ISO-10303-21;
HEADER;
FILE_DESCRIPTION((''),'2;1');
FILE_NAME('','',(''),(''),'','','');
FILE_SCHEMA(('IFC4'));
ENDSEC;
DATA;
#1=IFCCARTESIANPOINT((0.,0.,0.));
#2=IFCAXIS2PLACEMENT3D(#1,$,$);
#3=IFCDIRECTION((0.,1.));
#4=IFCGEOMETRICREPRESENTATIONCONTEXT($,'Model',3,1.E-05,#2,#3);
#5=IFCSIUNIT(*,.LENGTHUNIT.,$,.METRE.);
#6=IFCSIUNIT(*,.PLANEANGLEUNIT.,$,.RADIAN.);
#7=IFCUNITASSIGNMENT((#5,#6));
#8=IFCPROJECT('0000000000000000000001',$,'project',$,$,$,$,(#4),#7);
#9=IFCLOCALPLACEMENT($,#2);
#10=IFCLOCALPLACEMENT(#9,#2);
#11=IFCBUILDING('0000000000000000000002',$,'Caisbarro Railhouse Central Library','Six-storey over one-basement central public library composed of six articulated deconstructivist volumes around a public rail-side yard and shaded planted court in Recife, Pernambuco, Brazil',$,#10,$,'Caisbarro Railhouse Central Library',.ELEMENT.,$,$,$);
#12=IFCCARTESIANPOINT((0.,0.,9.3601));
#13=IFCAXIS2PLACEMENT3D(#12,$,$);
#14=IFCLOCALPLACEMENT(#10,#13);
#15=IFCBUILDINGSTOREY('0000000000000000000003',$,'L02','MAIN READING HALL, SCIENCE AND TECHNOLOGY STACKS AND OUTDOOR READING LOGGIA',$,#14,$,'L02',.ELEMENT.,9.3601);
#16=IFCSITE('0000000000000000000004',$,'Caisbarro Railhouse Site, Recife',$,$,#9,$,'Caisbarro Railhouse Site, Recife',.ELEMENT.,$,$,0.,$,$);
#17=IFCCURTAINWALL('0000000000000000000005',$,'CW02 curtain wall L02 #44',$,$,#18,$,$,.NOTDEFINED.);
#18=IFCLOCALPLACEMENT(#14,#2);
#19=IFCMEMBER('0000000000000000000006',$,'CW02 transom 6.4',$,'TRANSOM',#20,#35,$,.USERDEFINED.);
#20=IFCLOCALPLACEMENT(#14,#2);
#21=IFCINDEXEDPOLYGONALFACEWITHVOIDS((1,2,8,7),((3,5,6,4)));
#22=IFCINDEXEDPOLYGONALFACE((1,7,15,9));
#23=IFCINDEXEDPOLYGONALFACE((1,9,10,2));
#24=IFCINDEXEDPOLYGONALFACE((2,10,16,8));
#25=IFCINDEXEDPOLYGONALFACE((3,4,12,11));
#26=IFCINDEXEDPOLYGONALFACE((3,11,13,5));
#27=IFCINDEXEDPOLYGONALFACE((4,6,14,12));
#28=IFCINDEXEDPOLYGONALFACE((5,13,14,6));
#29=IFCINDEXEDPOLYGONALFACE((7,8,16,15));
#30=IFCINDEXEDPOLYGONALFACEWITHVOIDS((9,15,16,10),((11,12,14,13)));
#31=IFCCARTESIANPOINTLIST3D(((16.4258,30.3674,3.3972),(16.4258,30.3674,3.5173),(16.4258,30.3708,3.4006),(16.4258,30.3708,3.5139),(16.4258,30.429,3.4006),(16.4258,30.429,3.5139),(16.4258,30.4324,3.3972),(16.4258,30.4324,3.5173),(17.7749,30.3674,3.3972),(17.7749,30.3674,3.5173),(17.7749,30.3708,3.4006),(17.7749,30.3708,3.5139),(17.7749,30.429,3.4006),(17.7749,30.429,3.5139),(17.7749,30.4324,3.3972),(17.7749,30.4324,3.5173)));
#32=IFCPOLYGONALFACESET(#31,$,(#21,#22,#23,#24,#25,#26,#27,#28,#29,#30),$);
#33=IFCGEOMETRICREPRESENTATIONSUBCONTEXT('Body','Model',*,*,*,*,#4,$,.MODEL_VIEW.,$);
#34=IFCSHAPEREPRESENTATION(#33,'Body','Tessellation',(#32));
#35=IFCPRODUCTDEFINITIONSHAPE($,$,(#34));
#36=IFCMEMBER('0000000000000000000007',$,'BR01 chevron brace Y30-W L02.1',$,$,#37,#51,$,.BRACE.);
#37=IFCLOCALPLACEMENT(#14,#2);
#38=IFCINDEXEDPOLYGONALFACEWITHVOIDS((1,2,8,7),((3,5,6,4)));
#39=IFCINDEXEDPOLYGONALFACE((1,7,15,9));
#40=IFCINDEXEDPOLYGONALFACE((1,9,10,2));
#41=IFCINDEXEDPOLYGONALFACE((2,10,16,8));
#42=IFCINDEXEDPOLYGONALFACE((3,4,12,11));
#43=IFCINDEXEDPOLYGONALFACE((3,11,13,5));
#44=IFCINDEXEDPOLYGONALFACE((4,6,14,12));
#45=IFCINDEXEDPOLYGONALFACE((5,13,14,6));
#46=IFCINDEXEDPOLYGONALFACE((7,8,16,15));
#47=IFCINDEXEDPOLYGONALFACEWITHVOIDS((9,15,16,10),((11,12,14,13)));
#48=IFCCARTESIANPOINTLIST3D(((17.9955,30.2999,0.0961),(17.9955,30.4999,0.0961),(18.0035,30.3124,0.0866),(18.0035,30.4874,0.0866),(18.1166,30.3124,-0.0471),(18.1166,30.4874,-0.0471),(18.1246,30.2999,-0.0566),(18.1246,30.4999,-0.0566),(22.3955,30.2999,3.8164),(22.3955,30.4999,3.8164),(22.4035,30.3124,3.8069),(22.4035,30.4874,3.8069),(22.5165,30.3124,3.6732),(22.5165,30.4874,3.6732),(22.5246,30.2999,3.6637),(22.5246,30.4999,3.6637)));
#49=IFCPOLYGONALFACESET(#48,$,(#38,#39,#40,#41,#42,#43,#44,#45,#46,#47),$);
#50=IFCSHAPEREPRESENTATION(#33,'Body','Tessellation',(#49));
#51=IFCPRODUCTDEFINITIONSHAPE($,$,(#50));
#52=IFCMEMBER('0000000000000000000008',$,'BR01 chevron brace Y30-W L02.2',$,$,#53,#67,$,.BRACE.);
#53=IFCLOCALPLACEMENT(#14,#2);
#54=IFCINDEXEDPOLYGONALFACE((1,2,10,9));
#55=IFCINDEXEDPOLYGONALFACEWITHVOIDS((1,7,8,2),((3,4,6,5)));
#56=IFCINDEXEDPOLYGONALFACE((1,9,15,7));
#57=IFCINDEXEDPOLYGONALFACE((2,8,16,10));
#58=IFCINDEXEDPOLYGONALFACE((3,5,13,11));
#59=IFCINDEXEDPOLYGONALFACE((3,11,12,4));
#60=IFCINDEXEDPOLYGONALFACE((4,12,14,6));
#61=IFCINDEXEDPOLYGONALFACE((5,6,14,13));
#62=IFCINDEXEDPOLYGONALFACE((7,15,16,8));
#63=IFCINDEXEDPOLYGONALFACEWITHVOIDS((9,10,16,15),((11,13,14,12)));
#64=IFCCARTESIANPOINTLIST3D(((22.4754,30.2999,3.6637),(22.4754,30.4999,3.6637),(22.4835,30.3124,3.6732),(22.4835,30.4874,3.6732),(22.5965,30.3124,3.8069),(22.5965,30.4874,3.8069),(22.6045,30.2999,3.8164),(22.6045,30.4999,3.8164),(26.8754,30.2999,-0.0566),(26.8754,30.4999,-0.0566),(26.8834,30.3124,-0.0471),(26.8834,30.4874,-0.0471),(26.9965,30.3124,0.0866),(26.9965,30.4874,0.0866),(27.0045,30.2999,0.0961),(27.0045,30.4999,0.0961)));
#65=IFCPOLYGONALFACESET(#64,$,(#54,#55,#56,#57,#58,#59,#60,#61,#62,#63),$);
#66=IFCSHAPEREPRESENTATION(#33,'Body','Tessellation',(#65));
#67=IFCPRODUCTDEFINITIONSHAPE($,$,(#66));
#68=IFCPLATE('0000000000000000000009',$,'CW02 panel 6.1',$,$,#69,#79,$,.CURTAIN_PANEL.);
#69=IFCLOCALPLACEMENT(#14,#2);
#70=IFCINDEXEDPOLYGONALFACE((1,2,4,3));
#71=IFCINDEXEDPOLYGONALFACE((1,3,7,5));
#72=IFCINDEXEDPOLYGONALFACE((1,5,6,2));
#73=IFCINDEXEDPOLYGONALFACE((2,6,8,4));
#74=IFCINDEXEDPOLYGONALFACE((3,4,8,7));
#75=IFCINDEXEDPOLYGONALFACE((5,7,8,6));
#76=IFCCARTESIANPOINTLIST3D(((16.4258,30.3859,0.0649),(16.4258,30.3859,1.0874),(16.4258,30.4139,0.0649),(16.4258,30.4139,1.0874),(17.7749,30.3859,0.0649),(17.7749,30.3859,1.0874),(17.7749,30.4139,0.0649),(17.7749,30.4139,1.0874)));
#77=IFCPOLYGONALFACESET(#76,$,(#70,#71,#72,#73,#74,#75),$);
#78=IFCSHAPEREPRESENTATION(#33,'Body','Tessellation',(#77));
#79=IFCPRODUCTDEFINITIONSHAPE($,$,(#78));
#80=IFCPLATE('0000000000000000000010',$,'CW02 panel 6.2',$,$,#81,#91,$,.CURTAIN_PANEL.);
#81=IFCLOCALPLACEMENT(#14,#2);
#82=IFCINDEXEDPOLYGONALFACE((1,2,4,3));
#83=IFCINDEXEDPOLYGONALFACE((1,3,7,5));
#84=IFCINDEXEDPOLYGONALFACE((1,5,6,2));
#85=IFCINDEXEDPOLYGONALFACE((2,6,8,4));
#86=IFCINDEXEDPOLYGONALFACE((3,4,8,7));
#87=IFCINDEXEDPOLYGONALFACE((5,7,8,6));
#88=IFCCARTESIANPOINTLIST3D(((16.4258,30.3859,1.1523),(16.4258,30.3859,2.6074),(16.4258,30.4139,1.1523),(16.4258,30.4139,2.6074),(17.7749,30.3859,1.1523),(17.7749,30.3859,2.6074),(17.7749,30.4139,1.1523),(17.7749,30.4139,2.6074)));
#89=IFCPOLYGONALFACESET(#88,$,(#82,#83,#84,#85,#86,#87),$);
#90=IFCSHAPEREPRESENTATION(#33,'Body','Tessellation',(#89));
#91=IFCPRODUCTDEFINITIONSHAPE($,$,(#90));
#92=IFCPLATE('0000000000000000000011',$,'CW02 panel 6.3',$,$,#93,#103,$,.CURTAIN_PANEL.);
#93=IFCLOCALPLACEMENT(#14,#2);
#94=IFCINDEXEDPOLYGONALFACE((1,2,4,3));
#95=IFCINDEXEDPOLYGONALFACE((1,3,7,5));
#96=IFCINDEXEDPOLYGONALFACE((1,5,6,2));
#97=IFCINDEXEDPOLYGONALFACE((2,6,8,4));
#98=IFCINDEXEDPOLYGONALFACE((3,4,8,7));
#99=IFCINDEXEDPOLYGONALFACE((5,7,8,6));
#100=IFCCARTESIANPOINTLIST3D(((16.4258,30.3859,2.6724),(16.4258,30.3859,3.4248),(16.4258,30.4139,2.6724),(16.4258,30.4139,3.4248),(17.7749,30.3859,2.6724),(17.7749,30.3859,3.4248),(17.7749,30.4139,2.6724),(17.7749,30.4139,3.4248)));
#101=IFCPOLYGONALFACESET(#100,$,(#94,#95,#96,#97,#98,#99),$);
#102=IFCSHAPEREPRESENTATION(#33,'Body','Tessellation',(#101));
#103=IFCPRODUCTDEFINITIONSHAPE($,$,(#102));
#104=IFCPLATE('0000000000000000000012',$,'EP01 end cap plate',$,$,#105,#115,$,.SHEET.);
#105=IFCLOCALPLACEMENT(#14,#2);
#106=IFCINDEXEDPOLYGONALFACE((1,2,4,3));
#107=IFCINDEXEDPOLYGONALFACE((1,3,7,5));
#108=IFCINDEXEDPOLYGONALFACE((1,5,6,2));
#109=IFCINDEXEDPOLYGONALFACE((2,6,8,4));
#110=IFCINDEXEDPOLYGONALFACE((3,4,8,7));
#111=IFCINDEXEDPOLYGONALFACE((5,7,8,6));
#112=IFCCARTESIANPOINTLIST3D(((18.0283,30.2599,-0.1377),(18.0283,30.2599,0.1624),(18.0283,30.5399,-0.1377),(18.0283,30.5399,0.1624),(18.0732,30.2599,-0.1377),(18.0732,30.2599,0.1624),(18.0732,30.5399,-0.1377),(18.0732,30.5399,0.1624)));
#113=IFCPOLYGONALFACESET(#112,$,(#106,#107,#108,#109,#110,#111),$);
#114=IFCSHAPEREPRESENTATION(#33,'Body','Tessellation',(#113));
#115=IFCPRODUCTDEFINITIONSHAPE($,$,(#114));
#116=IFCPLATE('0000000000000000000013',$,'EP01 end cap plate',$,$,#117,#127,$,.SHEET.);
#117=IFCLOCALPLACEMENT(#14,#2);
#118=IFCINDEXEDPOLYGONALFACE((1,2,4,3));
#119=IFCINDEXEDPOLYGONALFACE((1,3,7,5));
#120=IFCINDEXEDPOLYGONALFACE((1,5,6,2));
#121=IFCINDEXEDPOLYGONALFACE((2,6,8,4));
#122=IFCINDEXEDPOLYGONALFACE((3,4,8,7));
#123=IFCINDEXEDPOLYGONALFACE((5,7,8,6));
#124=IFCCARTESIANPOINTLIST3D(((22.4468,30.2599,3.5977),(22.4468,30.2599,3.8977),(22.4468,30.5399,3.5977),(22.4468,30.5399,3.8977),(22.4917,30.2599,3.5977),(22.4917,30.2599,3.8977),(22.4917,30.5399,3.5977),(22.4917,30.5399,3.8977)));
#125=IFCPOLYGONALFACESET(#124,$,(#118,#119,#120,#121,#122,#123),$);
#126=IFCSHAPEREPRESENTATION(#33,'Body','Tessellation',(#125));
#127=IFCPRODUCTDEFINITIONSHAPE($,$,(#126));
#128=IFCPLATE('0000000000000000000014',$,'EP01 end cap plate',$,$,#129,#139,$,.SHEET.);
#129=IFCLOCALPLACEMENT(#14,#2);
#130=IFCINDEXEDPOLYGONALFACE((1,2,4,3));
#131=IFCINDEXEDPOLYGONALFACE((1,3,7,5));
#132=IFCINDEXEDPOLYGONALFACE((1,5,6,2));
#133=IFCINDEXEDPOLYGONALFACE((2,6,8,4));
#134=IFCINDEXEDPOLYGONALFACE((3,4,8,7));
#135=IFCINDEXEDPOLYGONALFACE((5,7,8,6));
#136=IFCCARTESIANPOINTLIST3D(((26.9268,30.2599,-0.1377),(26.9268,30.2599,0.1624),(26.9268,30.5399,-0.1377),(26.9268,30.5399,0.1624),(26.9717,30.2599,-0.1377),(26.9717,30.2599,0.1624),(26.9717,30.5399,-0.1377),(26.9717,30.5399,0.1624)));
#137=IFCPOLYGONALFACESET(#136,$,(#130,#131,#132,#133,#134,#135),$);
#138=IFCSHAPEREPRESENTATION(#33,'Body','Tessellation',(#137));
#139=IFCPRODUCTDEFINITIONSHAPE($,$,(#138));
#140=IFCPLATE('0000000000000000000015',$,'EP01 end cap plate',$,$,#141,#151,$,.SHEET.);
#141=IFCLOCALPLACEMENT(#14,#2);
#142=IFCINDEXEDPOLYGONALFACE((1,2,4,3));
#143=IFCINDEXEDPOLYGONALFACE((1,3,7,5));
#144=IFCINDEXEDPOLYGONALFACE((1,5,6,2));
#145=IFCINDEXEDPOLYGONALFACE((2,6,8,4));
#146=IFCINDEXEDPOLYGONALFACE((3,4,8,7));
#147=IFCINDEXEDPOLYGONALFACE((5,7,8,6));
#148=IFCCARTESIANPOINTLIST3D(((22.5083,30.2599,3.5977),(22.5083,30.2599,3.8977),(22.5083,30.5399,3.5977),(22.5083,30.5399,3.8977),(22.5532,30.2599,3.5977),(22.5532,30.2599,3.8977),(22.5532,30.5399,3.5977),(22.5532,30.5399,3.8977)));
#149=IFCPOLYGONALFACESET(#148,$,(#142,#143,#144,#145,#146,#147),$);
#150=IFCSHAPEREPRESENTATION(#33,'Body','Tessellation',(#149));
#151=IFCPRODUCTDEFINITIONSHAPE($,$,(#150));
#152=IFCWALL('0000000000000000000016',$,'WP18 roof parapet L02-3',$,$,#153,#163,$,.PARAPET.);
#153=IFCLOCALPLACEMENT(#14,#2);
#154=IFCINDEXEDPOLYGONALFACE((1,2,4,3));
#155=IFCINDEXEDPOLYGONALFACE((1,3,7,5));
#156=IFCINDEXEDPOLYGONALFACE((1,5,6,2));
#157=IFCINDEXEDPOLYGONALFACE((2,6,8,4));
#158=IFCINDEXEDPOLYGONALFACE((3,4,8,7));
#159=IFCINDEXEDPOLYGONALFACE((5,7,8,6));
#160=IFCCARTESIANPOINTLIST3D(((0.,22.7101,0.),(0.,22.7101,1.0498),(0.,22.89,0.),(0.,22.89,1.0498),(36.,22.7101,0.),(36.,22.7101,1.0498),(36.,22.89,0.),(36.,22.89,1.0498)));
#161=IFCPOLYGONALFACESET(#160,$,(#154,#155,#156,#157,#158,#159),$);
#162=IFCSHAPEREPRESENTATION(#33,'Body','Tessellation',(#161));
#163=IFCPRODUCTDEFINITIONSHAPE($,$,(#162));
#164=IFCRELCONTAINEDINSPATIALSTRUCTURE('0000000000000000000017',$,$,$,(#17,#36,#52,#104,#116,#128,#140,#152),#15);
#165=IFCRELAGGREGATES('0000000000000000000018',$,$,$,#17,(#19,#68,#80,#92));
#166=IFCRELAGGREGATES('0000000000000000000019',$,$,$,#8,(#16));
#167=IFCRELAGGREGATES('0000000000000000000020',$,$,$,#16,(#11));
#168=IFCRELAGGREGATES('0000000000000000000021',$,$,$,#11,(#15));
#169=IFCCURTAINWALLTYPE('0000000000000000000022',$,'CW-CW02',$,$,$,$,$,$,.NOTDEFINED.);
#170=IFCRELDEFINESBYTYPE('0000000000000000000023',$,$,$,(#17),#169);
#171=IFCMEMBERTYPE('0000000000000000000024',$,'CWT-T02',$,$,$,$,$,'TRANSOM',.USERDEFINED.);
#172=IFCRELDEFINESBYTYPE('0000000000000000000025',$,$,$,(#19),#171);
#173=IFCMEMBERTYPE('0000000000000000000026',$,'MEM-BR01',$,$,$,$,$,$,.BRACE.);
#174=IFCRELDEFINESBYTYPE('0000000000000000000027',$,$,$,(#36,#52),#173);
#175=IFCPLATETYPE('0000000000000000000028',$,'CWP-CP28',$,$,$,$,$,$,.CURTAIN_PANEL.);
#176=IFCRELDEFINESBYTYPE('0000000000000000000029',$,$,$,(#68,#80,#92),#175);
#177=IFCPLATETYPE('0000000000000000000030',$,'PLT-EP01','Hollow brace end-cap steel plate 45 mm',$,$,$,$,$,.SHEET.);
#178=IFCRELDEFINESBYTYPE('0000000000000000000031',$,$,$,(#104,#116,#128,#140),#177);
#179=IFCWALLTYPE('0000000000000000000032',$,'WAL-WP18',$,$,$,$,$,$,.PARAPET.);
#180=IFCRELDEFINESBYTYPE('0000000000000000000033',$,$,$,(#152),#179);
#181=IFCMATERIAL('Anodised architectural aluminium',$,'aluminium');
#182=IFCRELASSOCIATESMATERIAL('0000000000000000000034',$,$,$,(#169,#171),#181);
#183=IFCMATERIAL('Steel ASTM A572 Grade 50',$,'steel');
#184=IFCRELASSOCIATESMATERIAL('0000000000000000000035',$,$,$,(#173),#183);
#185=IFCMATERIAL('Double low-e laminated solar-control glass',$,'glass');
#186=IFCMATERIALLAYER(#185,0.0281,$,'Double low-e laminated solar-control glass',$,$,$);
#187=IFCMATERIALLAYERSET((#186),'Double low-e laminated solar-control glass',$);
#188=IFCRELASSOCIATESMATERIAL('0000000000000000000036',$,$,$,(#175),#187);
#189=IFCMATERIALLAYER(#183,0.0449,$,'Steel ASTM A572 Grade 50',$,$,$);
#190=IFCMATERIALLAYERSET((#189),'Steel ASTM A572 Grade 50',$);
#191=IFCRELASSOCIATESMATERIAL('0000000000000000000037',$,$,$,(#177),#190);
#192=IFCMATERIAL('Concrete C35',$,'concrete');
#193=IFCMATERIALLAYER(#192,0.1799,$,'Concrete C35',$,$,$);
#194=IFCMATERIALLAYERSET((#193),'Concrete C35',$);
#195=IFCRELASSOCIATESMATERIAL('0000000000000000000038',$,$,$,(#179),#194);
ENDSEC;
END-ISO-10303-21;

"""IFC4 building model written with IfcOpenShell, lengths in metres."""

from ifc_helpers import new_model, si_unit, direction, frame, frame_2d, origin, origin_2d, place, context, subcontext, project, spatial, rectangle, hollow_rectangle, extrude, material, layer, layer_set, material_profile, profile_set, type_object, element, aggregate, save


model = new_model("IFC4")

# Units and contexts
model_context = context("Model", 3, precision=1e-05, world=origin(), true_north=direction((0.0, 1.0)))
body_context = subcontext(model_context, "Body", "Model", "MODEL_VIEW")
ifc_project = project(units=[si_unit("LENGTHUNIT", "METRE"), si_unit("PLANEANGLEUNIT", "RADIAN")], contexts=[model_context])

# Site, building, storey
site_placement = place(None, origin())
site = spatial("IfcSite", under=ifc_project, at=site_placement, Name="Caisbarro Railhouse Site, Recife", LongName="Caisbarro Railhouse Site, Recife", CompositionType="ELEMENT", RefElevation=0.0)
building_placement = place(site_placement, origin())
building = spatial("IfcBuilding", under=site, at=building_placement, Name="Caisbarro Railhouse Central Library", Description="Six-storey over one-basement central public library composed of six articulated deconstructivist volumes around a public rail-side yard and shaded planted court in Recife, Pernambuco, Brazil", LongName="Caisbarro Railhouse Central Library", CompositionType="ELEMENT")
storey_placement = place(building_placement, frame((0.0, 0.0, 9.3601)))
storey = spatial("IfcBuildingStorey", under=building, at=storey_placement, Name="L02", Description="MAIN READING HALL, SCIENCE AND TECHNOLOGY STACKS AND OUTDOOR READING LOGGIA", LongName="L02", CompositionType="ELEMENT", Elevation=9.3601)

# Shared definitions
ifc_material_1 = material(Name="Steel ASTM A572 Grade 50", Category="steel")

# Curtain wall, member
ifc_material_2 = material(Name="Anodised architectural aluminium", Category="aluminium")
curtain_wall_type = type_object("IfcCurtainWallType", Name="CW-CW02", PredefinedType="NOTDEFINED", material=ifc_material_2)
curtain_wall_placement = place(storey_placement, origin())
curtain_wall = element("IfcCurtainWall", 1, at=curtain_wall_placement, inside=storey, type_object=curtain_wall_type, Name="CW02 curtain wall L02 #44", PredefinedType="NOTDEFINED")
ifc_material_profile_1 = material_profile(ifc_material_2, hollow_rectangle(XDim=0.0649, YDim=0.1201, WallThickness=0.0034, at=origin_2d()), Name="ALU-TRN-65X120")
ifc_profile_set_1 = profile_set([ifc_material_profile_1], Name="Anodised architectural aluminium")
member_type_1 = type_object("IfcMemberType", Name="CWT-T02", ElementType="TRANSOM", PredefinedType="USERDEFINED", material=ifc_profile_set_1)
member_1_placement = place(storey_placement, frame((16.4258, 30.3999, 3.4573), z_axis=(1.0, 0.0, 0.0), x_axis=(0.0, 1.0, 0.0)))
member_1 = element("IfcMember", 2, at=member_1_placement, type_object=member_type_1, Name="CW02 transom 6.4", ObjectType="TRANSOM", PredefinedType="USERDEFINED", context=body_context, shape_type="SweptSolid", body=[
    extrude(hollow_rectangle(XDim=0.0649, YDim=0.1201, WallThickness=0.0034, at=origin_2d()), origin(), (0.0, 0.0, 1.0), 1.3491),
])

# Members
ifc_material_profile_2 = material_profile(ifc_material_1, hollow_rectangle(XDim=0.2, YDim=0.2, WallThickness=0.0125, at=origin_2d()), Name="HSS200X200X12.5")
ifc_profile_set_2 = profile_set([ifc_material_profile_2], Name="Steel ASTM A572 Grade 50")
member_type_2 = type_object("IfcMemberType", Name="MEM-BR01", PredefinedType="BRACE", material=ifc_profile_set_2)
for number, where, z_axis, x_axis, name in (
    (3, (18.0601, 30.3999, 0.0198), (0.763624, 0.0, 0.645661), (0.0, 1.0, 0.0), "BR01 chevron brace Y30-W L02.1"),
    (4, (26.9399, 30.3999, 0.0198), (-0.763624, 0.0, 0.645661), (0.0, -1.0, 0.0), "BR01 chevron brace Y30-W L02.2"),
):
    element("IfcMember", number, at=place(storey_placement, frame(where, z_axis=z_axis, x_axis=x_axis)), inside=storey, type_object=member_type_2, Name=name, PredefinedType="BRACE", context=body_context, shape_type="SweptSolid", body=[
        extrude(hollow_rectangle(XDim=0.2, YDim=0.2, WallThickness=0.0125, at=origin_2d()), origin(), (0.0, 0.0, 1.0), 5.762),
    ])

# Plates
ifc_material_3 = material(Name="Double low-e laminated solar-control glass", Category="glass")
ifc_layer_1 = layer(ifc_material_3, 0.0281, Name="Double low-e laminated solar-control glass")
ifc_layer_set_1 = layer_set([ifc_layer_1], Name="Double low-e laminated solar-control glass")
plate_type_1 = type_object("IfcPlateType", Name="CWP-CP28", PredefinedType="CURTAIN_PANEL", material=ifc_layer_set_1)
plate_1_placement = place(storey_placement, frame((17.1003, 30.3999, 0.0649), z_axis=(0.0, 0.0, 1.0), x_axis=(1.0, 0.0, 0.0)))
plate_1 = element("IfcPlate", 5, at=plate_1_placement, type_object=plate_type_1, Name="CW02 panel 6.1", PredefinedType="CURTAIN_PANEL", context=body_context, shape_type="SweptSolid", body=[
    extrude(rectangle(XDim=1.3491, YDim=0.0281, at=origin_2d()), origin(), (0.0, 0.0, 1.0), 1.0225),
])
plate_2_placement = place(storey_placement, frame((17.1003, 30.3999, 1.1523), z_axis=(0.0, 0.0, 1.0), x_axis=(1.0, 0.0, 0.0)))
plate_2 = element("IfcPlate", 6, at=plate_2_placement, type_object=plate_type_1, Name="CW02 panel 6.2", PredefinedType="CURTAIN_PANEL", context=body_context, shape_type="SweptSolid", body=[
    extrude(rectangle(XDim=1.3491, YDim=0.0281, at=origin_2d()), origin(), (0.0, 0.0, 1.0), 1.4551),
])
plate_3_placement = place(storey_placement, frame((17.1003, 30.3999, 2.6724), z_axis=(0.0, 0.0, 1.0), x_axis=(1.0, 0.0, 0.0)))
plate_3 = element("IfcPlate", 7, at=plate_3_placement, type_object=plate_type_1, Name="CW02 panel 6.3", PredefinedType="CURTAIN_PANEL", context=body_context, shape_type="SweptSolid", body=[
    extrude(rectangle(XDim=1.3491, YDim=0.0281, at=origin_2d()), origin(), (0.0, 0.0, 1.0), 0.7524),
])
aggregate(curtain_wall, [member_1, plate_1, plate_2, plate_3])

# Plates
ifc_layer_2 = layer(ifc_material_1, 0.0449, Name="Steel ASTM A572 Grade 50")
ifc_layer_set_2 = layer_set([ifc_layer_2], Name="Steel ASTM A572 Grade 50")
plate_type_2 = type_object("IfcPlateType", Name="PLT-EP01", Description="Hollow brace end-cap steel plate 45 mm", PredefinedType="SHEET", material=ifc_layer_set_2)
for number, where, z_axis, x_axis, name in (
    (8, (18.0508, 30.3999, -0.1377), (0.0, 0.0, 1.0), (1.0, 0.0, 0.0), "EP01 end cap plate"),
    (9, (22.4692, 30.3999, 3.5977), (0.0, 0.0, 1.0), (1.0, 0.0, 0.0), "EP01 end cap plate"),
    (10, (26.9492, 30.3999, -0.1377), (0.0, 0.0, 1.0), (-1.0, 0.0, 0.0), "EP01 end cap plate"),
    (11, (22.5308, 30.3999, 3.5977), (0.0, 0.0, 1.0), (-1.0, 0.0, 0.0), "EP01 end cap plate"),
):
    element("IfcPlate", number, at=place(storey_placement, frame(where, z_axis=z_axis, x_axis=x_axis)), inside=storey, type_object=plate_type_2, Name=name, PredefinedType="SHEET", context=body_context, shape_type="SweptSolid", body=[
        extrude(rectangle(XDim=0.0449, YDim=0.28, at=origin_2d()), origin(), (0.0, 0.0, 1.0), 0.3),
    ])

# Wall
ifc_material_4 = material(Name="Concrete C35", Category="concrete")
ifc_layer_3 = layer(ifc_material_4, 0.1799, Name="Concrete C35")
ifc_layer_set_3 = layer_set([ifc_layer_3], Name="Concrete C35")
wall_type = type_object("IfcWallType", Name="WAL-WP18", PredefinedType="PARAPET", material=ifc_layer_set_3)
wall_placement = place(storey_placement, frame((36.0, 22.8, 0.0), z_axis=(0.0, 0.0, 1.0), x_axis=(-1.0, 0.0, 0.0)))
element("IfcWall", 12, at=wall_placement, inside=storey, type_object=wall_type, Name="WP18 roof parapet L02-3", PredefinedType="PARAPET", context=body_context, shape_type="SweptSolid", body=[
    extrude(rectangle(XDim=36.0, YDim=0.1799, at=frame_2d((18.0, 0.0))), origin(), (0.0, 0.0, 1.0), 1.0498),
])

save(model, "model.ifc")
